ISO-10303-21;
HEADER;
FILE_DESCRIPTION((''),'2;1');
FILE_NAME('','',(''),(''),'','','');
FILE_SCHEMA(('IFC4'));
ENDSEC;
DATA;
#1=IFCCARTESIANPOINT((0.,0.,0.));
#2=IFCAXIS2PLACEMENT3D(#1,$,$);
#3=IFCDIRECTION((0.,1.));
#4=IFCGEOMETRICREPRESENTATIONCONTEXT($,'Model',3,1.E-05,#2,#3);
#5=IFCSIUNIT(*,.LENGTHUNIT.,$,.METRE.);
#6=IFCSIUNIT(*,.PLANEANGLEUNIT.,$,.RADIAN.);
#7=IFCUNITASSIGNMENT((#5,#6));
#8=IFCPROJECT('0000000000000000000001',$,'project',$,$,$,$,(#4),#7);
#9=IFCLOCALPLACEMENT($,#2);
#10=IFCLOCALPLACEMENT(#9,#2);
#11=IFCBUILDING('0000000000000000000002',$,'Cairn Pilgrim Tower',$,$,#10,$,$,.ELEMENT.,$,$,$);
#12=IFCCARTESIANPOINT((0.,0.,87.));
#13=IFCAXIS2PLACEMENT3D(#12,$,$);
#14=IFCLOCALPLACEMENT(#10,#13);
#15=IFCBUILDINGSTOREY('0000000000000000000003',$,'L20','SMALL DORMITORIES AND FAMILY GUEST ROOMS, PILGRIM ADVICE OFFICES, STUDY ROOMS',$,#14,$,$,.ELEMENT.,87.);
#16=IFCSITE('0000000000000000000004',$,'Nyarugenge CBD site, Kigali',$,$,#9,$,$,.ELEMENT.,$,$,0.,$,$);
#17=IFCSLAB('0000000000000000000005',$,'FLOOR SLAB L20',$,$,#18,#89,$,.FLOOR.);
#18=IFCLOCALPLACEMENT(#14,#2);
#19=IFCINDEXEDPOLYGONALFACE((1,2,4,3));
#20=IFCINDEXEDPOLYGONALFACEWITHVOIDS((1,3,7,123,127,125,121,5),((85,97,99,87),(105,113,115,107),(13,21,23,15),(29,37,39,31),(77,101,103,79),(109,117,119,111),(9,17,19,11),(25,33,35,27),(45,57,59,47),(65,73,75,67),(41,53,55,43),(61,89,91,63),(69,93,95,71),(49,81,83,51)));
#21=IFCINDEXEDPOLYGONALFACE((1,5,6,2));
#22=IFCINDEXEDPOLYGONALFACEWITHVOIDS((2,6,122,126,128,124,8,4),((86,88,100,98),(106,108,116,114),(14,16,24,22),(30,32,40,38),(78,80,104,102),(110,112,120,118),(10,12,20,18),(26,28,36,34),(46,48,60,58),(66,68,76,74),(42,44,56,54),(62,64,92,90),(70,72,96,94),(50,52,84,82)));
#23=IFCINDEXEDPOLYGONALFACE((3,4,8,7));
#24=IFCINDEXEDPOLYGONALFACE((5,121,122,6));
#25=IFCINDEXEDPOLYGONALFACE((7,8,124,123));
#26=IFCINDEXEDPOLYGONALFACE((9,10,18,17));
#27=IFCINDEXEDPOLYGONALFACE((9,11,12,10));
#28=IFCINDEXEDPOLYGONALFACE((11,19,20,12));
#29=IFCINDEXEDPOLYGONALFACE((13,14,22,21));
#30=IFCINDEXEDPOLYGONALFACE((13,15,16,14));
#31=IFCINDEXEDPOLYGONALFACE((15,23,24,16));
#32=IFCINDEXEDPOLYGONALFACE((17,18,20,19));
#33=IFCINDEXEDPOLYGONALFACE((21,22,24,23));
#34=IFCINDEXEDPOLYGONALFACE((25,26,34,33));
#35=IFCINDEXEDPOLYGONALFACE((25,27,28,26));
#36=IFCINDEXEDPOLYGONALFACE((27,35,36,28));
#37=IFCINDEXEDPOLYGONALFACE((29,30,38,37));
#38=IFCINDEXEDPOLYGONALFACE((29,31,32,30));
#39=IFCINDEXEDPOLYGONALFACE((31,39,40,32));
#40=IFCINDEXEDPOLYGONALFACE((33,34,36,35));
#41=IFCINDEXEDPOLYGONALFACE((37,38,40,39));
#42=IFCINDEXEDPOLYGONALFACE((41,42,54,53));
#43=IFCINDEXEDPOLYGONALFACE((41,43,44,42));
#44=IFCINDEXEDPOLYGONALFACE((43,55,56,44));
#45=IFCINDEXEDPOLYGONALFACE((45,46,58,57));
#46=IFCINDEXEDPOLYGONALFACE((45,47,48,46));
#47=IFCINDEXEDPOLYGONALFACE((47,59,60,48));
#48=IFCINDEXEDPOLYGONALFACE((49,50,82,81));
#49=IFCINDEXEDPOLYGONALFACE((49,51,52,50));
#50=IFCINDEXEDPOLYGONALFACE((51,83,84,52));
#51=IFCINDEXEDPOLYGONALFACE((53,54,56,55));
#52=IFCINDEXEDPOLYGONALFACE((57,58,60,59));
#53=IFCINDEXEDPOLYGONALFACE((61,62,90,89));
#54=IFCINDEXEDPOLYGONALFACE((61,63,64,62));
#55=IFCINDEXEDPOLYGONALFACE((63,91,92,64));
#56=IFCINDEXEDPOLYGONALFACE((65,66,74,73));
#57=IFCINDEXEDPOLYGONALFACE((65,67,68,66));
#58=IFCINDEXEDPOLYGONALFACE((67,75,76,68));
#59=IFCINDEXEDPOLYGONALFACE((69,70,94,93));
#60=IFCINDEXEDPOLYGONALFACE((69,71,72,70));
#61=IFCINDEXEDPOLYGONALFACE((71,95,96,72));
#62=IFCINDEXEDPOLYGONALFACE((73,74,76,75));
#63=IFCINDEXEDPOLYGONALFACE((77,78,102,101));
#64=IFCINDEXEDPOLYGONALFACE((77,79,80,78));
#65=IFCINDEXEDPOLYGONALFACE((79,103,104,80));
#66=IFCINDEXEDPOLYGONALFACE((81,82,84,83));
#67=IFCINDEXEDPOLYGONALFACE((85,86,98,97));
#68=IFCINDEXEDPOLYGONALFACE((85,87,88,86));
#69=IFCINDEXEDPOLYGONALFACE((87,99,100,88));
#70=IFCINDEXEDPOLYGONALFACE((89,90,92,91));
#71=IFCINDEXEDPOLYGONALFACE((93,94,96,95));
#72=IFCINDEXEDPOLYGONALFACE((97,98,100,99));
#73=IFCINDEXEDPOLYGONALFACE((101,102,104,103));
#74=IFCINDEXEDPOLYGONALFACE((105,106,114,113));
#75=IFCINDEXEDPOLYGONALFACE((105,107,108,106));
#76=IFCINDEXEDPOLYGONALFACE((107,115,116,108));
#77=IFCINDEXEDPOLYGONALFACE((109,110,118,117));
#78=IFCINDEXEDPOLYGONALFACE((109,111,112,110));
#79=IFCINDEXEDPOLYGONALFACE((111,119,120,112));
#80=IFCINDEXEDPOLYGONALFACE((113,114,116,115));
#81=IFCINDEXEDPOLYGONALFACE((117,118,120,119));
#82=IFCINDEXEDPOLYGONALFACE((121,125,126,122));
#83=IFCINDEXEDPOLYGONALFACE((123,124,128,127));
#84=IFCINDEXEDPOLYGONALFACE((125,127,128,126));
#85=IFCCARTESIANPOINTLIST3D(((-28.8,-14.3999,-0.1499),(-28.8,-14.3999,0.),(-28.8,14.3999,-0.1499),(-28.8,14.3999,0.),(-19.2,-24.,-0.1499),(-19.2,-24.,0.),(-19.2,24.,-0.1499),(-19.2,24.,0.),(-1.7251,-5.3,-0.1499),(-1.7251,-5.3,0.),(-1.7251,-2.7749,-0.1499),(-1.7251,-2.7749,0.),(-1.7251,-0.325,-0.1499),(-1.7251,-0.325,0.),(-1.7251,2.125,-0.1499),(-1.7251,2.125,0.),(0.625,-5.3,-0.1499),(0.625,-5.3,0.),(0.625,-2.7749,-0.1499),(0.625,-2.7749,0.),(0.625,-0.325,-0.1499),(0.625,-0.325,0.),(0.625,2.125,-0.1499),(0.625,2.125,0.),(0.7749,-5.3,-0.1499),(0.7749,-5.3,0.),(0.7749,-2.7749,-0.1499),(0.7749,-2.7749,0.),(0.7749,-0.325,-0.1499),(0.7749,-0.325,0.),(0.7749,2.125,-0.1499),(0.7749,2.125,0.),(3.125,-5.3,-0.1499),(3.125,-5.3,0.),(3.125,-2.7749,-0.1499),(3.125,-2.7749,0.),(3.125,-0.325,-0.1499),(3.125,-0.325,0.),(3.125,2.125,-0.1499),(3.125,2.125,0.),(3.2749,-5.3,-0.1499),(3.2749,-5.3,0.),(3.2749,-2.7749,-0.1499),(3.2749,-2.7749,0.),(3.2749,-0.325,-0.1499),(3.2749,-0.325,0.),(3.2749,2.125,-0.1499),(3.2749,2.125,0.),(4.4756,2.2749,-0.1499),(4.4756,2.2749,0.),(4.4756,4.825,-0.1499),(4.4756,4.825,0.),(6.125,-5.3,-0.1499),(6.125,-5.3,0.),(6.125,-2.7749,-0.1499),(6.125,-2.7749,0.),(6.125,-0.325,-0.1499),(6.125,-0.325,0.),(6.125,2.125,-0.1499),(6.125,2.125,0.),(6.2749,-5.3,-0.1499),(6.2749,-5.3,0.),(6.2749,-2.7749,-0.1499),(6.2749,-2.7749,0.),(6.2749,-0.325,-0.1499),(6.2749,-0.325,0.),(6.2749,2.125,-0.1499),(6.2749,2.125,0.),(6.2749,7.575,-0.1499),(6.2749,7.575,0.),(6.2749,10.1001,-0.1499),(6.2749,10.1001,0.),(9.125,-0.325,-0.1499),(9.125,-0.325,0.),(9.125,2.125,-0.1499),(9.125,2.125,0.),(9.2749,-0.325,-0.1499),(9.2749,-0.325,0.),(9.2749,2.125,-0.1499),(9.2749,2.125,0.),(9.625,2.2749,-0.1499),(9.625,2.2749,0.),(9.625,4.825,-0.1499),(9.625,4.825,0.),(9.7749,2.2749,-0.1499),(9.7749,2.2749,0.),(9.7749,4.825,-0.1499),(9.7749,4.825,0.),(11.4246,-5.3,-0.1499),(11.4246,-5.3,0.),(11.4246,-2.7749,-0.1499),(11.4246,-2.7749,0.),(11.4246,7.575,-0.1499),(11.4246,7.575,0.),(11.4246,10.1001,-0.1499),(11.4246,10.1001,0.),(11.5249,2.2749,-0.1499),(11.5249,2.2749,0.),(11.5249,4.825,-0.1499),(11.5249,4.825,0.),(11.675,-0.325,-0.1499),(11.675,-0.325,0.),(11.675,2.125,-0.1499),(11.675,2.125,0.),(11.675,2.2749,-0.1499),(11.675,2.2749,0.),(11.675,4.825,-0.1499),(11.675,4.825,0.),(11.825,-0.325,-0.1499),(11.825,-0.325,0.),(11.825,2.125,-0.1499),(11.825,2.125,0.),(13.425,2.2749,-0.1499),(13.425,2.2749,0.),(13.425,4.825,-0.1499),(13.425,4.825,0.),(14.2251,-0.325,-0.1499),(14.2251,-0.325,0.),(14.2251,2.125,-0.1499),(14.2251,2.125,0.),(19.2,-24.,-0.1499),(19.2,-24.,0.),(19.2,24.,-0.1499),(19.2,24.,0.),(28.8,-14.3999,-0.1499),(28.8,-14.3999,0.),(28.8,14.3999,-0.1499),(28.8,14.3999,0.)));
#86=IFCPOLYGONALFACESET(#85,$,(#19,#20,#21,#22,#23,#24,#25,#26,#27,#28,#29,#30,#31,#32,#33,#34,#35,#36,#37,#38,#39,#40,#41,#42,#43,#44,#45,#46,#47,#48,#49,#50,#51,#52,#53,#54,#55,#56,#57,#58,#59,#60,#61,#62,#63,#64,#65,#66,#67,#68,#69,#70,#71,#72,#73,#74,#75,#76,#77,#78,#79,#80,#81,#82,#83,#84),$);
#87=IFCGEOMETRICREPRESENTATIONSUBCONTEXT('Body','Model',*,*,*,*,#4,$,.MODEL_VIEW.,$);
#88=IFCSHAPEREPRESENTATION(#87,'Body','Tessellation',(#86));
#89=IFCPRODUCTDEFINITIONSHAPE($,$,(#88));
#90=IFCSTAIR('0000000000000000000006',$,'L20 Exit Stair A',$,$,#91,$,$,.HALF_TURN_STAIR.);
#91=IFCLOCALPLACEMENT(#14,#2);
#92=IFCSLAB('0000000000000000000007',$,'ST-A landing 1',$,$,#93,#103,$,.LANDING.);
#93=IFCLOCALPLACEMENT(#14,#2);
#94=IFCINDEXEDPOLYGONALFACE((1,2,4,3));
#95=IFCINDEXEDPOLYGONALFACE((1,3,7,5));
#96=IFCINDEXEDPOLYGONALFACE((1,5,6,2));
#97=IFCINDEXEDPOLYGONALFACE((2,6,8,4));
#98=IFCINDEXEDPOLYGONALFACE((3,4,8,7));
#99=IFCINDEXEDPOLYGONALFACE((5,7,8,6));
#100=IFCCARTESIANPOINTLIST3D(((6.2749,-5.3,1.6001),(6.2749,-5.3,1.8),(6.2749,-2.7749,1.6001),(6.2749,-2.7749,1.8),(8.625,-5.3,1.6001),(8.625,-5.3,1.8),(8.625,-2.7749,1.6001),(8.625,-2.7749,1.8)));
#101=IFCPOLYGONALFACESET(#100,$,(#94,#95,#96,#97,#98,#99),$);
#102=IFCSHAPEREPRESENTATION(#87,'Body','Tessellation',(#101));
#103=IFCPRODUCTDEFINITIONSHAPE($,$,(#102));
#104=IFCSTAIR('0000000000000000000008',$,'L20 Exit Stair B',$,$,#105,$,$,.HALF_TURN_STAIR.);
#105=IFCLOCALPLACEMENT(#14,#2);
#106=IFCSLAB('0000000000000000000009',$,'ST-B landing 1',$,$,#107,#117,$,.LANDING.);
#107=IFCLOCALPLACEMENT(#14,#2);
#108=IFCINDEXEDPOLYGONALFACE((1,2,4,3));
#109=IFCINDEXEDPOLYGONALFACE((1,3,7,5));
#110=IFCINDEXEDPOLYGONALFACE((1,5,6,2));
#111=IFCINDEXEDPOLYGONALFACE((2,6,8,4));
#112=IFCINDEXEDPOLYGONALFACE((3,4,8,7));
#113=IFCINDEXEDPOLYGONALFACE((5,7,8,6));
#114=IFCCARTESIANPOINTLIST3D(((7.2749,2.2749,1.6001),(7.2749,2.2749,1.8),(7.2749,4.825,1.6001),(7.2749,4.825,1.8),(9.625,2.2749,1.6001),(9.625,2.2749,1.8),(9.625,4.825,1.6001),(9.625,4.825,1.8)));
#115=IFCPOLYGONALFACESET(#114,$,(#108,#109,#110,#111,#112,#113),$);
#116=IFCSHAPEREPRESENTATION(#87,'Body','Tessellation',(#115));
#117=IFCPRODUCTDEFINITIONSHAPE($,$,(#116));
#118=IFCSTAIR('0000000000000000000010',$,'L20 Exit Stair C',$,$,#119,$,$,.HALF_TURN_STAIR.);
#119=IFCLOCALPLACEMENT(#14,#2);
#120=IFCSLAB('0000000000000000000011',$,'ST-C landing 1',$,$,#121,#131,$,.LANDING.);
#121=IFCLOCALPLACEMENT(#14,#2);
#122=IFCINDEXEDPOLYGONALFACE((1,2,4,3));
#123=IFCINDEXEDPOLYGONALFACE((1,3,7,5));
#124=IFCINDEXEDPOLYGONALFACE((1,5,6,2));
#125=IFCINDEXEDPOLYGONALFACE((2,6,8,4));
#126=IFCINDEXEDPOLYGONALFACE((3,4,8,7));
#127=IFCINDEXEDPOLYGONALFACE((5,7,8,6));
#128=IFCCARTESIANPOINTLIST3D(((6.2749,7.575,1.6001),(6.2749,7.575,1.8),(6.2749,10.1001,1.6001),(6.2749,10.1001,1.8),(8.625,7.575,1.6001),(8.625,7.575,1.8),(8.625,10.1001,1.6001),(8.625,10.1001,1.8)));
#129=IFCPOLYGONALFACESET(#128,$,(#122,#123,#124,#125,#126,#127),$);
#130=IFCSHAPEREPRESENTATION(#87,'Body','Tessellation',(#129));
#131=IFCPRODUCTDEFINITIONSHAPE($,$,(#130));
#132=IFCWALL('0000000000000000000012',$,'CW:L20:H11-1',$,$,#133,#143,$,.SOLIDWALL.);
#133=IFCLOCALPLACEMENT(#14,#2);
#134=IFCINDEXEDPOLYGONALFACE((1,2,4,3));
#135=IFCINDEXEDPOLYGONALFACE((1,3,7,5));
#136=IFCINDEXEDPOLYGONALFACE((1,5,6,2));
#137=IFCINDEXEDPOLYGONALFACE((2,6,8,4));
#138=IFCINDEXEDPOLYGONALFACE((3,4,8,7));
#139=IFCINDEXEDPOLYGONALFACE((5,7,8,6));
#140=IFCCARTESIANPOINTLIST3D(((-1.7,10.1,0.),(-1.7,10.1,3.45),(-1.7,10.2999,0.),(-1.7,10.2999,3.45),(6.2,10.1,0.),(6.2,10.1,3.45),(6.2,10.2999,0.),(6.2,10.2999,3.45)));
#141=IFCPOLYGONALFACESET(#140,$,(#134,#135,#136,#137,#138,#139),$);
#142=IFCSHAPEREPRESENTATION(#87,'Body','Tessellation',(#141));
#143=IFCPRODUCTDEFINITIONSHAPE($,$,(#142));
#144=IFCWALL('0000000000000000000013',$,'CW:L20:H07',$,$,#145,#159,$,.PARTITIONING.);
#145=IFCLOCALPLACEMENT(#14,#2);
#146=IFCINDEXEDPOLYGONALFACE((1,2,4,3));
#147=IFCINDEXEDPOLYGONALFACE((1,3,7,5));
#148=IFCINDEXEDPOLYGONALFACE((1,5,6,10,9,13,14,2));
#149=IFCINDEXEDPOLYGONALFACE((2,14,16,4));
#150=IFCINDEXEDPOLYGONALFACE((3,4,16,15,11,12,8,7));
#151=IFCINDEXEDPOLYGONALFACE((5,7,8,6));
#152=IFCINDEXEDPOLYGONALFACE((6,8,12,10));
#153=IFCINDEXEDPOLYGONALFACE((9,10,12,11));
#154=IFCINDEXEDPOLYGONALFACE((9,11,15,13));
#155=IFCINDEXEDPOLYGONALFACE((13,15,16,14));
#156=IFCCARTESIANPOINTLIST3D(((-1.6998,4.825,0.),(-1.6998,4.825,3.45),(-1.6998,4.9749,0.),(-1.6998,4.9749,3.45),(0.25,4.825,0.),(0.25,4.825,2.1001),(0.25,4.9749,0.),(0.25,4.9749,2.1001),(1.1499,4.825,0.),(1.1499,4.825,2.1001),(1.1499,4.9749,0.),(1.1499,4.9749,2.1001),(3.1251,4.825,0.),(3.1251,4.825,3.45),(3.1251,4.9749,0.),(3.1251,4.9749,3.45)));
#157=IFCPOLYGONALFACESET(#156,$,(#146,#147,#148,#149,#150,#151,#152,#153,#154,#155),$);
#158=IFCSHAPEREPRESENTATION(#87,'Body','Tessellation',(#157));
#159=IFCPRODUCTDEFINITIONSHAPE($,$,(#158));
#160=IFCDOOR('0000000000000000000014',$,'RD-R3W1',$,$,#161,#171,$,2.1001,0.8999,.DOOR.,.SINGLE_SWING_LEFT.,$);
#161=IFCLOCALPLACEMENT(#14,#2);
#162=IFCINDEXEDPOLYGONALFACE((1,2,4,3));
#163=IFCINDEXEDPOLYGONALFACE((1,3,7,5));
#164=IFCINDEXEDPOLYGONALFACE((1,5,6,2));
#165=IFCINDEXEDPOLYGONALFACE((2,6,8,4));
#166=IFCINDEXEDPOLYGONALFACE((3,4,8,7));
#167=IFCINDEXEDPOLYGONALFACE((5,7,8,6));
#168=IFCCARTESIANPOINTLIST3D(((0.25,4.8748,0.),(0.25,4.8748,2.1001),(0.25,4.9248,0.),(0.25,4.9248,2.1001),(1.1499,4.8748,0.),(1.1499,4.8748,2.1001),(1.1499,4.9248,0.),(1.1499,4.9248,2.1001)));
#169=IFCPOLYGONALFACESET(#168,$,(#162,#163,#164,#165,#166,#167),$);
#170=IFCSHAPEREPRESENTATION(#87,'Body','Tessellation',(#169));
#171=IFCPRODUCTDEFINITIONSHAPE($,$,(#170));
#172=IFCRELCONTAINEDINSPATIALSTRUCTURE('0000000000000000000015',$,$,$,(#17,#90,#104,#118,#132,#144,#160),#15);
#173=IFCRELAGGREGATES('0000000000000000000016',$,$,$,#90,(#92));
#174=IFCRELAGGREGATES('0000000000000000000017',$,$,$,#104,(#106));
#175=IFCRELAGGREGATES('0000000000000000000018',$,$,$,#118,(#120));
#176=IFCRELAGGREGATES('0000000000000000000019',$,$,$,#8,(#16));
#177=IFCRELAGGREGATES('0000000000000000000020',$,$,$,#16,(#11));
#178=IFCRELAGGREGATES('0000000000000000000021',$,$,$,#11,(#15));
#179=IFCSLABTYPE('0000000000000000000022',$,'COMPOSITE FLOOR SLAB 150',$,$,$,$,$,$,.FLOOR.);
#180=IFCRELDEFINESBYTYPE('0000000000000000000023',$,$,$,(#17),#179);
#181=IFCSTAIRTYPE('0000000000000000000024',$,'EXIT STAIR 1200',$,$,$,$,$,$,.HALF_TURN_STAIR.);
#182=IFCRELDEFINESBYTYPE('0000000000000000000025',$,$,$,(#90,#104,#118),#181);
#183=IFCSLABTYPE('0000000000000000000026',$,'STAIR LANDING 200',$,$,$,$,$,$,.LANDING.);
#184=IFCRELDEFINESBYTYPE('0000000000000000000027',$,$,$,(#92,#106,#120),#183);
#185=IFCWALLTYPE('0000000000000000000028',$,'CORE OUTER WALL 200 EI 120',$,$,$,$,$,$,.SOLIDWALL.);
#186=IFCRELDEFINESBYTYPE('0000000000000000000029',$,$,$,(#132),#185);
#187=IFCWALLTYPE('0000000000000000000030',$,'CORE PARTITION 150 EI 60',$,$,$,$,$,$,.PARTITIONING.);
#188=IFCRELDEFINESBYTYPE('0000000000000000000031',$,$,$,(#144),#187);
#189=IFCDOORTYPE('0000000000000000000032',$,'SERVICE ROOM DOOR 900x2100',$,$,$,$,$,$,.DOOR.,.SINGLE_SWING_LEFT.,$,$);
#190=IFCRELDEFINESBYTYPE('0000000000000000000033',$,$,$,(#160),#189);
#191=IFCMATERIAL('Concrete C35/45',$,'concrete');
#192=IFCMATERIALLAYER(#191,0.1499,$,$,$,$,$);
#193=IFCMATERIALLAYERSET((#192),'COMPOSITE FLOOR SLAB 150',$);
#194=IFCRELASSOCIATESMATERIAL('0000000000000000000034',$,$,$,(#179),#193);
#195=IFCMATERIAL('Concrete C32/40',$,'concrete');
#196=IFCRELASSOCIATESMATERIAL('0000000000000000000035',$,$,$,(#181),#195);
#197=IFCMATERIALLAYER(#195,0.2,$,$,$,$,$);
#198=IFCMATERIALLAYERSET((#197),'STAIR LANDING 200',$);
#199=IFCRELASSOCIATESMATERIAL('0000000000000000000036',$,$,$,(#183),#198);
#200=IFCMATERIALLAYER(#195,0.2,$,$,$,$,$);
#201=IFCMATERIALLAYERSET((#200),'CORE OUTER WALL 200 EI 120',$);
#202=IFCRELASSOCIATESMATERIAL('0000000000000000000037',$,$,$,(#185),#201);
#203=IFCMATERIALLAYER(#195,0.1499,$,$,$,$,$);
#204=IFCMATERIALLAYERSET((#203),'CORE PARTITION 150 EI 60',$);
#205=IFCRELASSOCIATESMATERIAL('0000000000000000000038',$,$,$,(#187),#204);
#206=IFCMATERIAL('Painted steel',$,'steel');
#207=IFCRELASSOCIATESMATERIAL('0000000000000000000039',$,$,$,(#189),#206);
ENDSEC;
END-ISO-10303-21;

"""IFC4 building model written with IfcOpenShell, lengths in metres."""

from ifc_helpers import new_model, si_unit, direction, frame, frame_2d, origin, place, context, subcontext, project, spatial, polyline, rectangle, outline, extrude, material, layer, layer_set, type_object, element, fill, aggregate, save


model = new_model("IFC4")

# Units and contexts
model_context = context("Model", 3, precision=1e-05, world=origin(), true_north=direction((0.0, 1.0)))
body_context = subcontext(model_context, "Body", "Model", "MODEL_VIEW")
ifc_project = project(units=[si_unit("LENGTHUNIT", "METRE"), si_unit("PLANEANGLEUNIT", "RADIAN")], contexts=[model_context])

# Site, building, storey
site_placement = place(None, origin())
site = spatial("IfcSite", under=ifc_project, at=site_placement, Name="Nyarugenge CBD site, Kigali", CompositionType="ELEMENT", RefElevation=0.0)
building_placement = place(site_placement, origin())
building = spatial("IfcBuilding", under=site, at=building_placement, Name="Cairn Pilgrim Tower", CompositionType="ELEMENT")
storey_placement = place(building_placement, frame((0.0, 0.0, 87.0)))
storey = spatial("IfcBuildingStorey", under=building, at=storey_placement, Name="L20", Description="SMALL DORMITORIES AND FAMILY GUEST ROOMS, PILGRIM ADVICE OFFICES, STUDY ROOMS", CompositionType="ELEMENT", Elevation=87.0)

# Slab
ifc_material_1 = material(Name="Concrete C35/45", Category="concrete")
ifc_layer_1 = layer(ifc_material_1, 0.1499)
ifc_layer_set_1 = layer_set([ifc_layer_1], Name="COMPOSITE FLOOR SLAB 150")
slab_type_1 = type_object("IfcSlabType", Name="COMPOSITE FLOOR SLAB 150", PredefinedType="FLOOR", material=ifc_layer_set_1)
slab_1_placement = place(storey_placement, frame((0.0, 0.0, -0.1499)))
element("IfcSlab", 1, at=slab_1_placement, inside=storey, type_object=slab_type_1, Name="FLOOR SLAB L20", PredefinedType="FLOOR", context=body_context, shape_type="SweptSolid", body=[
    extrude(outline(polyline([(-19.2, -24.0), (19.2, -24.0), (28.8, -14.3999), (28.8, 14.3999), (19.2, 24.0), (-19.2, 24.0), (-28.8, 14.3999), (-28.8, -14.3999), (-19.2, -24.0)]), holes=[polyline([(-1.7251, -5.3), (0.625, -5.3), (0.625, -2.7749), (-1.7251, -2.7749), (-1.7251, -5.3)]), polyline([(0.7749, -5.3), (3.125, -5.3), (3.125, -2.7749), (0.7749, -2.7749), (0.7749, -5.3)]), polyline([(-1.7251, -0.325), (0.625, -0.325), (0.625, 2.125), (-1.7251, 2.125), (-1.7251, -0.325)]), polyline([(0.7749, -0.325), (3.125, -0.325), (3.125, 2.125), (0.7749, 2.125), (0.7749, -0.325)]), polyline([(3.2749, -5.3), (6.125, -5.3), (6.125, -2.7749), (3.2749, -2.7749), (3.2749, -5.3)]), polyline([(3.2749, -0.325), (6.125, -0.325), (6.125, 2.125), (3.2749, 2.125), (3.2749, -0.325)]), polyline([(6.2749, -0.325), (9.125, -0.325), (9.125, 2.125), (6.2749, 2.125), (6.2749, -0.325)]), polyline([(9.2749, -0.325), (11.675, -0.325), (11.675, 2.125), (9.2749, 2.125), (9.2749, -0.325)]), polyline([(11.825, -0.325), (14.2251, -0.325), (14.2251, 2.125), (11.825, 2.125), (11.825, -0.325)]), polyline([(9.7749, 2.2749), (11.5249, 2.2749), (11.5249, 4.825), (9.7749, 4.825), (9.7749, 2.2749)]), polyline([(11.675, 2.2749), (13.425, 2.2749), (13.425, 4.825), (11.675, 4.825), (11.675, 2.2749)]), polyline([(11.4246, -2.7749), (6.2749, -2.7749), (6.2749, -5.3), (11.4246, -5.3), (11.4246, -2.7749)]), polyline([(4.4756, 2.2749), (9.625, 2.2749), (9.625, 4.825), (4.4756, 4.825), (4.4756, 2.2749)]), polyline([(11.4246, 10.1001), (6.2749, 10.1001), (6.2749, 7.575), (11.4246, 7.575), (11.4246, 10.1001)])]), origin(), (0.0, 0.0, 1.0), 0.1499),
])

# Stairs, slabs
ifc_material_2 = material(Name="Concrete C32/40", Category="concrete")
stair_type = type_object("IfcStairType", Name="EXIT STAIR 1200", PredefinedType="HALF_TURN_STAIR", material=ifc_material_2)
stair_1_placement = place(storey_placement, origin())
stair_1 = element("IfcStair", 2, at=stair_1_placement, inside=storey, type_object=stair_type, Name="L20 Exit Stair A", PredefinedType="HALF_TURN_STAIR")
ifc_layer_2 = layer(ifc_material_2, 0.2)
ifc_layer_set_2 = layer_set([ifc_layer_2], Name="STAIR LANDING 200")
slab_type_2 = type_object("IfcSlabType", Name="STAIR LANDING 200", PredefinedType="LANDING", material=ifc_layer_set_2)
slab_2_placement = place(storey_placement, frame((0.0, 0.0, 1.6001)))
slab_2 = element("IfcSlab", 3, at=slab_2_placement, type_object=slab_type_2, Name="ST-A landing 1", PredefinedType="LANDING", context=body_context, shape_type="SweptSolid", body=[
    extrude(outline(polyline([(8.625, -2.7749), (6.2749, -2.7749), (6.2749, -5.3), (8.625, -5.3), (8.625, -2.7749)])), origin(), (0.0, 0.0, 1.0), 0.2),
])
aggregate(stair_1, [slab_2])
stair_2_placement = place(storey_placement, origin())
stair_2 = element("IfcStair", 4, at=stair_2_placement, inside=storey, type_object=stair_type, Name="L20 Exit Stair B", PredefinedType="HALF_TURN_STAIR")
slab_3_placement = place(storey_placement, frame((0.0, 0.0, 1.6001)))
slab_3 = element("IfcSlab", 5, at=slab_3_placement, type_object=slab_type_2, Name="ST-B landing 1", PredefinedType="LANDING", context=body_context, shape_type="SweptSolid", body=[
    extrude(outline(polyline([(7.2749, 2.2749), (9.625, 2.2749), (9.625, 4.825), (7.2749, 4.825), (7.2749, 2.2749)])), origin(), (0.0, 0.0, 1.0), 0.2),
])
aggregate(stair_2, [slab_3])
stair_3_placement = place(storey_placement, origin())
stair_3 = element("IfcStair", 6, at=stair_3_placement, inside=storey, type_object=stair_type, Name="L20 Exit Stair C", PredefinedType="HALF_TURN_STAIR")
slab_4_placement = place(storey_placement, frame((0.0, 0.0, 1.6001)))
slab_4 = element("IfcSlab", 7, at=slab_4_placement, type_object=slab_type_2, Name="ST-C landing 1", PredefinedType="LANDING", context=body_context, shape_type="SweptSolid", body=[
    extrude(outline(polyline([(8.625, 10.1001), (6.2749, 10.1001), (6.2749, 7.575), (8.625, 7.575), (8.625, 10.1001)])), origin(), (0.0, 0.0, 1.0), 0.2),
])
aggregate(stair_3, [slab_4])

# Wall
ifc_layer_3 = layer(ifc_material_2, 0.2)
ifc_layer_set_3 = layer_set([ifc_layer_3], Name="CORE OUTER WALL 200 EI 120")
wall_type_1 = type_object("IfcWallType", Name="CORE OUTER WALL 200 EI 120", PredefinedType="SOLIDWALL", material=ifc_layer_set_3)
wall_1_placement = place(storey_placement, frame((-1.7, 10.2, 0.0), z_axis=(0.0, 0.0, 1.0), x_axis=(1.0, 0.0, 0.0)))
element("IfcWall", 8, at=wall_1_placement, inside=storey, type_object=wall_type_1, Name="CW:L20:H11-1", PredefinedType="SOLIDWALL", context=body_context, shape_type="SweptSolid", body=[
    extrude(rectangle(XDim=7.8999, YDim=0.2, at=frame_2d((3.95, 0.0))), origin(), (0.0, 0.0, 1.0), 3.45),
])

# Wall, opening, door
ifc_layer_4 = layer(ifc_material_2, 0.1499)
ifc_layer_set_4 = layer_set([ifc_layer_4], Name="CORE PARTITION 150 EI 60")
wall_type_2 = type_object("IfcWallType", Name="CORE PARTITION 150 EI 60", PredefinedType="PARTITIONING", material=ifc_layer_set_4)
wall_2_placement = place(storey_placement, frame((-1.7, 4.8999, 0.0), z_axis=(0.0, 0.0, 1.0), x_axis=(1.0, 0.0, 0.0)))
wall_2 = element("IfcWall", 9, at=wall_2_placement, inside=storey, type_object=wall_type_2, Name="CW:L20:H07", PredefinedType="PARTITIONING", context=body_context, shape_type="SweptSolid", body=[
    extrude(rectangle(XDim=4.825, YDim=0.1499, at=frame_2d((2.4126, 0.0))), origin(), (0.0, 0.0, 1.0), 3.45),
])
opening_1_placement = place(wall_2_placement, frame((1.95, 0.0, 0.0)))
opening_1 = element("IfcOpeningElement", 10, at=opening_1_placement, cuts=wall_2, PredefinedType="OPENING", context=body_context, shape_type="SweptSolid", body=[
    extrude(rectangle(XDim=0.8999, YDim=2.1001, at=frame_2d((0.45, 1.05))), frame((0.0, 0.085, 0.0), z_axis=(0.0, -1.0, 0.0), x_axis=(1.0, 0.0, 0.0)), (0.0, 0.0, 1.0), 0.1699),
])
ifc_material_3 = material(Name="Painted steel", Category="steel")
door_type_1 = type_object("IfcDoorType", Name="SERVICE ROOM DOOR 900x2100", OperationType="SINGLE_SWING_LEFT", PredefinedType="DOOR", material=ifc_material_3)
door_1_placement = place(opening_1_placement, origin())
door_1 = element("IfcDoor", 11, at=door_1_placement, inside=storey, type_object=door_type_1, Name="RD-R3W1", OperationType="SINGLE_SWING_LEFT", OverallHeight=2.1001, OverallWidth=0.8999, PredefinedType="DOOR", context=body_context, shape_type="SweptSolid", body=[
    extrude(rectangle(XDim=0.8999, YDim=2.1001, at=frame_2d((0.45, 1.05))), frame((0.0, 0.0249, 0.0), z_axis=(0.0, -1.0, 0.0), x_axis=(1.0, 0.0, 0.0)), (0.0, 0.0, 1.0), 0.05),
])
fill(opening_1, door_1)

save(model, "model.ifc")
